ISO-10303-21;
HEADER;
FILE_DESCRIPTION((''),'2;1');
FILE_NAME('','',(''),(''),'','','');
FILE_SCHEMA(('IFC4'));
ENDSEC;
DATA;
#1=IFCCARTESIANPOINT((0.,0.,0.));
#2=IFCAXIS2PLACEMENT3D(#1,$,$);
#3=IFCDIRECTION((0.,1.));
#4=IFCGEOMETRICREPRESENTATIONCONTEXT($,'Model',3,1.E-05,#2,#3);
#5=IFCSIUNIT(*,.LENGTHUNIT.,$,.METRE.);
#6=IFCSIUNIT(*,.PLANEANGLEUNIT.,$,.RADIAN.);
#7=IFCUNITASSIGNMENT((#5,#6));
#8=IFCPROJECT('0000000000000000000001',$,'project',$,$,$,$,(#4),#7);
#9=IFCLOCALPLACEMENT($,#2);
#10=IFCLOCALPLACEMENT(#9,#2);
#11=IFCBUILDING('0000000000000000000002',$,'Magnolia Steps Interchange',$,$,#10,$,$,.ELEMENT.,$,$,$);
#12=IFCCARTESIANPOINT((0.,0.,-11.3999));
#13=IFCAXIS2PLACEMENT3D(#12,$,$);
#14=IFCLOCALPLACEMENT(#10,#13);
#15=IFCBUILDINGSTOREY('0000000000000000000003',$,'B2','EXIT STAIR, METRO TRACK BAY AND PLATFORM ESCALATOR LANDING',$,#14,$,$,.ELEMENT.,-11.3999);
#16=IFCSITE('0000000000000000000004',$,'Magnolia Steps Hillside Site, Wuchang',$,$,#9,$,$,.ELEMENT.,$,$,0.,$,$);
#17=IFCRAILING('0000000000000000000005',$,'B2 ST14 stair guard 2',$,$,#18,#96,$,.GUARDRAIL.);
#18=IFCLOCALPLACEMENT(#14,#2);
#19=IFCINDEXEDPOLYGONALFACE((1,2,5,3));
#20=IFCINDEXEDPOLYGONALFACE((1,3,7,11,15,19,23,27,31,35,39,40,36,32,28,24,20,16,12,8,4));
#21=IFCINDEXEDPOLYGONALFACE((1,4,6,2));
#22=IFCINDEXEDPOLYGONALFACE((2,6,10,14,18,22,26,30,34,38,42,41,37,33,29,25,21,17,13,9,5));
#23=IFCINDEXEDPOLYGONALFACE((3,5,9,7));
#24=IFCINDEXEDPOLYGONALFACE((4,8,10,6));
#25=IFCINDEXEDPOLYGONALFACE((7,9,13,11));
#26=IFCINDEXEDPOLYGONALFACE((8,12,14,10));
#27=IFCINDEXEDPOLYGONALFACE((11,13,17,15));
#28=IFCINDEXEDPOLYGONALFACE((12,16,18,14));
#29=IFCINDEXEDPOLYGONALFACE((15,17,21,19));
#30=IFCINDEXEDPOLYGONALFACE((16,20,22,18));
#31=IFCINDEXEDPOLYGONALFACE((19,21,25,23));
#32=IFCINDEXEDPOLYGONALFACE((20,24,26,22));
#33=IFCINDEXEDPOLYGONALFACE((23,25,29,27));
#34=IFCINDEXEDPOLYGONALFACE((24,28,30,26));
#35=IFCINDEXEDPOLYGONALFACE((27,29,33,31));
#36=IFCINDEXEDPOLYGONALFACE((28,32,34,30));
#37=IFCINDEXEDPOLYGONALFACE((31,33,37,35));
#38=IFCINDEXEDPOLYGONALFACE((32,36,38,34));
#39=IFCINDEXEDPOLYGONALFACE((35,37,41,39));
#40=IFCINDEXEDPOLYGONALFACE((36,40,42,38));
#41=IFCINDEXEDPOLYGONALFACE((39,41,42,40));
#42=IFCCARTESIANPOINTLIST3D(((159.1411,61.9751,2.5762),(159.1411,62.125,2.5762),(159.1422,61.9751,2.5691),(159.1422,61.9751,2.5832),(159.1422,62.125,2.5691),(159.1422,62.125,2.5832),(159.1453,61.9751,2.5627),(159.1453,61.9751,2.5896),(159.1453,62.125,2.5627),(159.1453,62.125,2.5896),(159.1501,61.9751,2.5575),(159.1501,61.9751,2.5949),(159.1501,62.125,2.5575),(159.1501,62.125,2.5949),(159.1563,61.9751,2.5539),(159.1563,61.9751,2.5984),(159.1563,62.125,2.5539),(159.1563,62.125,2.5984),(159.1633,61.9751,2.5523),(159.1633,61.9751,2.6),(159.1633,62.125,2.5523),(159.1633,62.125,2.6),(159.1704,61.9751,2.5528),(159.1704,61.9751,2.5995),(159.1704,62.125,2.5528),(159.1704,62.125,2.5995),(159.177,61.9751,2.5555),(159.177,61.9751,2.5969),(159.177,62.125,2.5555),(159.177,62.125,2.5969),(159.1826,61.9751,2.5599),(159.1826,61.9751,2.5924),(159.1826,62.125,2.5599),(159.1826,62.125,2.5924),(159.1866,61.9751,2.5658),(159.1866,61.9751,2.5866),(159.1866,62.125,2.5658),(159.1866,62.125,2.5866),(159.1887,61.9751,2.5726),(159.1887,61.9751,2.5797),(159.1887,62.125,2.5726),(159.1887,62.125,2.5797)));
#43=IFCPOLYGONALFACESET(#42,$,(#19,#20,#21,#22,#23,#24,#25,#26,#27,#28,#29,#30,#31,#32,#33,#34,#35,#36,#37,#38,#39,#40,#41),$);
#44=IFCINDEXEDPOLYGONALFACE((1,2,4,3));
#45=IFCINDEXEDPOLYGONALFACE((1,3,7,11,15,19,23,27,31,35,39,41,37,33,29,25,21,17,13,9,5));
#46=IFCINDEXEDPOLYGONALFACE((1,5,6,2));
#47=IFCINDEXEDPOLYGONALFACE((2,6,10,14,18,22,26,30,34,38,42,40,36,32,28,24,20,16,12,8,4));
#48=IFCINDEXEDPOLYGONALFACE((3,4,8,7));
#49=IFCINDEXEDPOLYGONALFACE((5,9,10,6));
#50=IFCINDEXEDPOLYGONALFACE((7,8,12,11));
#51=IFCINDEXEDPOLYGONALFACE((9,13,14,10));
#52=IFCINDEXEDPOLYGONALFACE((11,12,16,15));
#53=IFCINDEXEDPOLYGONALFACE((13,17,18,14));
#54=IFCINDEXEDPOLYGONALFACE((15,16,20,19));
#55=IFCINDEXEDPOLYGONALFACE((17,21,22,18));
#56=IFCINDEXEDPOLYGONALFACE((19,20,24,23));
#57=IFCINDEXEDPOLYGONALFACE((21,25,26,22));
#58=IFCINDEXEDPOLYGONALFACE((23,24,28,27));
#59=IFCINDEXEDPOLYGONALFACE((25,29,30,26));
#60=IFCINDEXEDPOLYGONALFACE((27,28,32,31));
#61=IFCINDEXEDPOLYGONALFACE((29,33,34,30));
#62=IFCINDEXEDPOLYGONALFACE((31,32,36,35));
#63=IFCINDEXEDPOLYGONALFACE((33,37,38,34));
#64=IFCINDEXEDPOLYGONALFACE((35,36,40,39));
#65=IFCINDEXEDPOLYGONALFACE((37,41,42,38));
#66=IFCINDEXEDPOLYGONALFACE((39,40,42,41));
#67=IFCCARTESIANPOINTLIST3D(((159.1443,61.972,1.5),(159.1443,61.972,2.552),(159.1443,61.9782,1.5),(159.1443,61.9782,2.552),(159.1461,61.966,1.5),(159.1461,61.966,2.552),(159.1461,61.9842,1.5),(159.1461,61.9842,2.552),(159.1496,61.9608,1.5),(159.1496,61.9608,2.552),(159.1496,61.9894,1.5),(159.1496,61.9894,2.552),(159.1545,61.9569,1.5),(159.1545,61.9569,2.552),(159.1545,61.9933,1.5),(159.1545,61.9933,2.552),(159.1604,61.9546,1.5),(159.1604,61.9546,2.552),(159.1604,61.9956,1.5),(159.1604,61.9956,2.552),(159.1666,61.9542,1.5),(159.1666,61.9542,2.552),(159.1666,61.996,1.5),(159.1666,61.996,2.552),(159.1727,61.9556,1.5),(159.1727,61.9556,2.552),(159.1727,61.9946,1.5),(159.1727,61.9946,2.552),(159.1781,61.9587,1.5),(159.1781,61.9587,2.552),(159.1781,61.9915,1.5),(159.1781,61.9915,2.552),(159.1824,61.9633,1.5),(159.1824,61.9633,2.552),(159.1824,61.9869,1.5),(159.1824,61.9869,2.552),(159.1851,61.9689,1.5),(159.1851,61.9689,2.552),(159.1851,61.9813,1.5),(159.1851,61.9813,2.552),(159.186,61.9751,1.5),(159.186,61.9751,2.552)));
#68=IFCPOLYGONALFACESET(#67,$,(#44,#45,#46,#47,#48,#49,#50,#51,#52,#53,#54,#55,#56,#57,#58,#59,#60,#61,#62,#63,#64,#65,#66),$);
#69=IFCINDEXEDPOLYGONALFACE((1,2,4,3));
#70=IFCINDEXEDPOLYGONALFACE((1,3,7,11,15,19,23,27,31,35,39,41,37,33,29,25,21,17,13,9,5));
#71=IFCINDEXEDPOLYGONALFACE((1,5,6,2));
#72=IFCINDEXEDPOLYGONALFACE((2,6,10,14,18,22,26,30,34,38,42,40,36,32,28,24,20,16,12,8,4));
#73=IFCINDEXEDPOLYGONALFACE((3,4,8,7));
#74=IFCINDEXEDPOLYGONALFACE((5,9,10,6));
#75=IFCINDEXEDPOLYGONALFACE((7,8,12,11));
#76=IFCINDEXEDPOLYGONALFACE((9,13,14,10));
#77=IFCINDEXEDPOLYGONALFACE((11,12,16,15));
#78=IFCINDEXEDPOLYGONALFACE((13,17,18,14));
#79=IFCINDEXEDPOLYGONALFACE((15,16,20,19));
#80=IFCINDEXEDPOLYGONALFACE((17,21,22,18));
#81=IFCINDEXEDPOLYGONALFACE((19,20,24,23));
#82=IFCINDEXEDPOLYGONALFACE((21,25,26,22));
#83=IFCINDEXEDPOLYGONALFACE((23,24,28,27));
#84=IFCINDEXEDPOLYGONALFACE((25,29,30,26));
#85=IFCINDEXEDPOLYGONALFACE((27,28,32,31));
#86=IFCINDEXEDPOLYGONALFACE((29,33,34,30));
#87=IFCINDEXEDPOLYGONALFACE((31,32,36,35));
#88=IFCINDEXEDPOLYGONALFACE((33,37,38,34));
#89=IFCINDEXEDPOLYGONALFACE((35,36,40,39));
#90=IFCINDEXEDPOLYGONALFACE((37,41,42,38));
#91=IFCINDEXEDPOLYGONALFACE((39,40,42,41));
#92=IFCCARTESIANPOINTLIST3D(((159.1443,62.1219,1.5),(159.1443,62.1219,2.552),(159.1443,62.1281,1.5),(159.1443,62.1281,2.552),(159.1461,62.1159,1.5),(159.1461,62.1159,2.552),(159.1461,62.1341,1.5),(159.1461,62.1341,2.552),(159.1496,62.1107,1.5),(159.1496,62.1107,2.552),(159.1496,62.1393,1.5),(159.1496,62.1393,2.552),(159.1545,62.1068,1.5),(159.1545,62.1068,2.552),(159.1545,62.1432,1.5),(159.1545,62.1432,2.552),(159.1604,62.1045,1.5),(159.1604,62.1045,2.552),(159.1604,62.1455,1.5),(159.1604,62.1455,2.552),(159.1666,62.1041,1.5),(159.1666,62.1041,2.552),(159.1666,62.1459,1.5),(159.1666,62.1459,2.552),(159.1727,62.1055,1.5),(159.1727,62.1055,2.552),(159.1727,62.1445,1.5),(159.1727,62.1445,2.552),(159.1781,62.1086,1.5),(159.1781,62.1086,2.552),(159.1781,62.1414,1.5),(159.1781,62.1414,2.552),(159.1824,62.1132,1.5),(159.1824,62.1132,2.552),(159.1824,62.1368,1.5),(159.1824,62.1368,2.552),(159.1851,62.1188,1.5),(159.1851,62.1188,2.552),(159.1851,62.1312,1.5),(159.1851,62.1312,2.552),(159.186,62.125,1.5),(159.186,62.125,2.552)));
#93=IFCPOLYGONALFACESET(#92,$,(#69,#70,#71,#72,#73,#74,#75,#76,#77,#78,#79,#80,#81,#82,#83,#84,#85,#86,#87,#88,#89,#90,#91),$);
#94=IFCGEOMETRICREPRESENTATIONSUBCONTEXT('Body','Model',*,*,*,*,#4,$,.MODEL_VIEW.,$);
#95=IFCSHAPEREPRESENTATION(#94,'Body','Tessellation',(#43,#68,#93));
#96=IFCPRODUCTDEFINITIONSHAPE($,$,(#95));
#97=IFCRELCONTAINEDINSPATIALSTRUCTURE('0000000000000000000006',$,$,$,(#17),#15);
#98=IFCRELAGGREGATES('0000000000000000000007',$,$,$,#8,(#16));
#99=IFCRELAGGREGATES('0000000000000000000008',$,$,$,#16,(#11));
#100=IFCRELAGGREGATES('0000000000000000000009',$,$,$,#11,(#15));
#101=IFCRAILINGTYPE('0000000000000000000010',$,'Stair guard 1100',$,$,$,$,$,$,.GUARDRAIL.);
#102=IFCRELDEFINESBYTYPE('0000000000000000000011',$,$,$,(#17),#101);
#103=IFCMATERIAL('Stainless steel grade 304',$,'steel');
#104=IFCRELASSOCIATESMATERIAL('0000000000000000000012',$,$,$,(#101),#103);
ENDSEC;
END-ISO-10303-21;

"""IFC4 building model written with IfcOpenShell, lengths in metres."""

from ifc_helpers import new_model, si_unit, direction, frame, origin, origin_2d, place, context, subcontext, project, spatial, circle, extrude, material, type_object, element, save


model = new_model("IFC4")

# Units and contexts
model_context = context("Model", 3, precision=1e-05, world=origin(), true_north=direction((0.0, 1.0)))
body_context = subcontext(model_context, "Body", "Model", "MODEL_VIEW")
ifc_project = project(units=[si_unit("LENGTHUNIT", "METRE"), si_unit("PLANEANGLEUNIT", "RADIAN")], contexts=[model_context])

# Site, building, storey
site_placement = place(None, origin())
site = spatial("IfcSite", under=ifc_project, at=site_placement, Name="Magnolia Steps Hillside Site, Wuchang", CompositionType="ELEMENT", RefElevation=0.0)
building_placement = place(site_placement, origin())
building = spatial("IfcBuilding", under=site, at=building_placement, Name="Magnolia Steps Interchange", CompositionType="ELEMENT")
storey_placement = place(building_placement, frame((0.0, 0.0, -11.3999)))
storey = spatial("IfcBuildingStorey", under=building, at=storey_placement, Name="B2", Description="EXIT STAIR, METRO TRACK BAY AND PLATFORM ESCALATOR LANDING", CompositionType="ELEMENT", Elevation=-11.3999)

# Railing
ifc_material_1 = material(Name="Stainless steel grade 304", Category="steel")
railing_type_1 = type_object("IfcRailingType", Name="Stair guard 1100", PredefinedType="GUARDRAIL", material=ifc_material_1)
railing_1_placement = place(storey_placement, frame((159.165, 61.9751, 1.5)))
element("IfcRailing", 1, at=railing_1_placement, inside=storey, type_object=railing_type_1, Name="B2 ST14 stair guard 2", PredefinedType="GUARDRAIL", context=body_context, shape_type="SweptSolid", body=[
    extrude(circle(Radius=0.0239, at=origin_2d()), frame((0.0, 0.0, 1.0762), z_axis=(0.0, 1.0, 0.0), x_axis=(-1.0, 0.0, 0.0)), (0.0, 0.0, 1.0), 0.1499),
    extrude(circle(Radius=0.021, at=origin_2d()), origin(), (0.0, 0.0, 1.0), 1.052),
    extrude(circle(Radius=0.021, at=origin_2d()), frame((0.0, 0.1499, 0.0)), (0.0, 0.0, 1.0), 1.052),
])

save(model, "model.ifc")
